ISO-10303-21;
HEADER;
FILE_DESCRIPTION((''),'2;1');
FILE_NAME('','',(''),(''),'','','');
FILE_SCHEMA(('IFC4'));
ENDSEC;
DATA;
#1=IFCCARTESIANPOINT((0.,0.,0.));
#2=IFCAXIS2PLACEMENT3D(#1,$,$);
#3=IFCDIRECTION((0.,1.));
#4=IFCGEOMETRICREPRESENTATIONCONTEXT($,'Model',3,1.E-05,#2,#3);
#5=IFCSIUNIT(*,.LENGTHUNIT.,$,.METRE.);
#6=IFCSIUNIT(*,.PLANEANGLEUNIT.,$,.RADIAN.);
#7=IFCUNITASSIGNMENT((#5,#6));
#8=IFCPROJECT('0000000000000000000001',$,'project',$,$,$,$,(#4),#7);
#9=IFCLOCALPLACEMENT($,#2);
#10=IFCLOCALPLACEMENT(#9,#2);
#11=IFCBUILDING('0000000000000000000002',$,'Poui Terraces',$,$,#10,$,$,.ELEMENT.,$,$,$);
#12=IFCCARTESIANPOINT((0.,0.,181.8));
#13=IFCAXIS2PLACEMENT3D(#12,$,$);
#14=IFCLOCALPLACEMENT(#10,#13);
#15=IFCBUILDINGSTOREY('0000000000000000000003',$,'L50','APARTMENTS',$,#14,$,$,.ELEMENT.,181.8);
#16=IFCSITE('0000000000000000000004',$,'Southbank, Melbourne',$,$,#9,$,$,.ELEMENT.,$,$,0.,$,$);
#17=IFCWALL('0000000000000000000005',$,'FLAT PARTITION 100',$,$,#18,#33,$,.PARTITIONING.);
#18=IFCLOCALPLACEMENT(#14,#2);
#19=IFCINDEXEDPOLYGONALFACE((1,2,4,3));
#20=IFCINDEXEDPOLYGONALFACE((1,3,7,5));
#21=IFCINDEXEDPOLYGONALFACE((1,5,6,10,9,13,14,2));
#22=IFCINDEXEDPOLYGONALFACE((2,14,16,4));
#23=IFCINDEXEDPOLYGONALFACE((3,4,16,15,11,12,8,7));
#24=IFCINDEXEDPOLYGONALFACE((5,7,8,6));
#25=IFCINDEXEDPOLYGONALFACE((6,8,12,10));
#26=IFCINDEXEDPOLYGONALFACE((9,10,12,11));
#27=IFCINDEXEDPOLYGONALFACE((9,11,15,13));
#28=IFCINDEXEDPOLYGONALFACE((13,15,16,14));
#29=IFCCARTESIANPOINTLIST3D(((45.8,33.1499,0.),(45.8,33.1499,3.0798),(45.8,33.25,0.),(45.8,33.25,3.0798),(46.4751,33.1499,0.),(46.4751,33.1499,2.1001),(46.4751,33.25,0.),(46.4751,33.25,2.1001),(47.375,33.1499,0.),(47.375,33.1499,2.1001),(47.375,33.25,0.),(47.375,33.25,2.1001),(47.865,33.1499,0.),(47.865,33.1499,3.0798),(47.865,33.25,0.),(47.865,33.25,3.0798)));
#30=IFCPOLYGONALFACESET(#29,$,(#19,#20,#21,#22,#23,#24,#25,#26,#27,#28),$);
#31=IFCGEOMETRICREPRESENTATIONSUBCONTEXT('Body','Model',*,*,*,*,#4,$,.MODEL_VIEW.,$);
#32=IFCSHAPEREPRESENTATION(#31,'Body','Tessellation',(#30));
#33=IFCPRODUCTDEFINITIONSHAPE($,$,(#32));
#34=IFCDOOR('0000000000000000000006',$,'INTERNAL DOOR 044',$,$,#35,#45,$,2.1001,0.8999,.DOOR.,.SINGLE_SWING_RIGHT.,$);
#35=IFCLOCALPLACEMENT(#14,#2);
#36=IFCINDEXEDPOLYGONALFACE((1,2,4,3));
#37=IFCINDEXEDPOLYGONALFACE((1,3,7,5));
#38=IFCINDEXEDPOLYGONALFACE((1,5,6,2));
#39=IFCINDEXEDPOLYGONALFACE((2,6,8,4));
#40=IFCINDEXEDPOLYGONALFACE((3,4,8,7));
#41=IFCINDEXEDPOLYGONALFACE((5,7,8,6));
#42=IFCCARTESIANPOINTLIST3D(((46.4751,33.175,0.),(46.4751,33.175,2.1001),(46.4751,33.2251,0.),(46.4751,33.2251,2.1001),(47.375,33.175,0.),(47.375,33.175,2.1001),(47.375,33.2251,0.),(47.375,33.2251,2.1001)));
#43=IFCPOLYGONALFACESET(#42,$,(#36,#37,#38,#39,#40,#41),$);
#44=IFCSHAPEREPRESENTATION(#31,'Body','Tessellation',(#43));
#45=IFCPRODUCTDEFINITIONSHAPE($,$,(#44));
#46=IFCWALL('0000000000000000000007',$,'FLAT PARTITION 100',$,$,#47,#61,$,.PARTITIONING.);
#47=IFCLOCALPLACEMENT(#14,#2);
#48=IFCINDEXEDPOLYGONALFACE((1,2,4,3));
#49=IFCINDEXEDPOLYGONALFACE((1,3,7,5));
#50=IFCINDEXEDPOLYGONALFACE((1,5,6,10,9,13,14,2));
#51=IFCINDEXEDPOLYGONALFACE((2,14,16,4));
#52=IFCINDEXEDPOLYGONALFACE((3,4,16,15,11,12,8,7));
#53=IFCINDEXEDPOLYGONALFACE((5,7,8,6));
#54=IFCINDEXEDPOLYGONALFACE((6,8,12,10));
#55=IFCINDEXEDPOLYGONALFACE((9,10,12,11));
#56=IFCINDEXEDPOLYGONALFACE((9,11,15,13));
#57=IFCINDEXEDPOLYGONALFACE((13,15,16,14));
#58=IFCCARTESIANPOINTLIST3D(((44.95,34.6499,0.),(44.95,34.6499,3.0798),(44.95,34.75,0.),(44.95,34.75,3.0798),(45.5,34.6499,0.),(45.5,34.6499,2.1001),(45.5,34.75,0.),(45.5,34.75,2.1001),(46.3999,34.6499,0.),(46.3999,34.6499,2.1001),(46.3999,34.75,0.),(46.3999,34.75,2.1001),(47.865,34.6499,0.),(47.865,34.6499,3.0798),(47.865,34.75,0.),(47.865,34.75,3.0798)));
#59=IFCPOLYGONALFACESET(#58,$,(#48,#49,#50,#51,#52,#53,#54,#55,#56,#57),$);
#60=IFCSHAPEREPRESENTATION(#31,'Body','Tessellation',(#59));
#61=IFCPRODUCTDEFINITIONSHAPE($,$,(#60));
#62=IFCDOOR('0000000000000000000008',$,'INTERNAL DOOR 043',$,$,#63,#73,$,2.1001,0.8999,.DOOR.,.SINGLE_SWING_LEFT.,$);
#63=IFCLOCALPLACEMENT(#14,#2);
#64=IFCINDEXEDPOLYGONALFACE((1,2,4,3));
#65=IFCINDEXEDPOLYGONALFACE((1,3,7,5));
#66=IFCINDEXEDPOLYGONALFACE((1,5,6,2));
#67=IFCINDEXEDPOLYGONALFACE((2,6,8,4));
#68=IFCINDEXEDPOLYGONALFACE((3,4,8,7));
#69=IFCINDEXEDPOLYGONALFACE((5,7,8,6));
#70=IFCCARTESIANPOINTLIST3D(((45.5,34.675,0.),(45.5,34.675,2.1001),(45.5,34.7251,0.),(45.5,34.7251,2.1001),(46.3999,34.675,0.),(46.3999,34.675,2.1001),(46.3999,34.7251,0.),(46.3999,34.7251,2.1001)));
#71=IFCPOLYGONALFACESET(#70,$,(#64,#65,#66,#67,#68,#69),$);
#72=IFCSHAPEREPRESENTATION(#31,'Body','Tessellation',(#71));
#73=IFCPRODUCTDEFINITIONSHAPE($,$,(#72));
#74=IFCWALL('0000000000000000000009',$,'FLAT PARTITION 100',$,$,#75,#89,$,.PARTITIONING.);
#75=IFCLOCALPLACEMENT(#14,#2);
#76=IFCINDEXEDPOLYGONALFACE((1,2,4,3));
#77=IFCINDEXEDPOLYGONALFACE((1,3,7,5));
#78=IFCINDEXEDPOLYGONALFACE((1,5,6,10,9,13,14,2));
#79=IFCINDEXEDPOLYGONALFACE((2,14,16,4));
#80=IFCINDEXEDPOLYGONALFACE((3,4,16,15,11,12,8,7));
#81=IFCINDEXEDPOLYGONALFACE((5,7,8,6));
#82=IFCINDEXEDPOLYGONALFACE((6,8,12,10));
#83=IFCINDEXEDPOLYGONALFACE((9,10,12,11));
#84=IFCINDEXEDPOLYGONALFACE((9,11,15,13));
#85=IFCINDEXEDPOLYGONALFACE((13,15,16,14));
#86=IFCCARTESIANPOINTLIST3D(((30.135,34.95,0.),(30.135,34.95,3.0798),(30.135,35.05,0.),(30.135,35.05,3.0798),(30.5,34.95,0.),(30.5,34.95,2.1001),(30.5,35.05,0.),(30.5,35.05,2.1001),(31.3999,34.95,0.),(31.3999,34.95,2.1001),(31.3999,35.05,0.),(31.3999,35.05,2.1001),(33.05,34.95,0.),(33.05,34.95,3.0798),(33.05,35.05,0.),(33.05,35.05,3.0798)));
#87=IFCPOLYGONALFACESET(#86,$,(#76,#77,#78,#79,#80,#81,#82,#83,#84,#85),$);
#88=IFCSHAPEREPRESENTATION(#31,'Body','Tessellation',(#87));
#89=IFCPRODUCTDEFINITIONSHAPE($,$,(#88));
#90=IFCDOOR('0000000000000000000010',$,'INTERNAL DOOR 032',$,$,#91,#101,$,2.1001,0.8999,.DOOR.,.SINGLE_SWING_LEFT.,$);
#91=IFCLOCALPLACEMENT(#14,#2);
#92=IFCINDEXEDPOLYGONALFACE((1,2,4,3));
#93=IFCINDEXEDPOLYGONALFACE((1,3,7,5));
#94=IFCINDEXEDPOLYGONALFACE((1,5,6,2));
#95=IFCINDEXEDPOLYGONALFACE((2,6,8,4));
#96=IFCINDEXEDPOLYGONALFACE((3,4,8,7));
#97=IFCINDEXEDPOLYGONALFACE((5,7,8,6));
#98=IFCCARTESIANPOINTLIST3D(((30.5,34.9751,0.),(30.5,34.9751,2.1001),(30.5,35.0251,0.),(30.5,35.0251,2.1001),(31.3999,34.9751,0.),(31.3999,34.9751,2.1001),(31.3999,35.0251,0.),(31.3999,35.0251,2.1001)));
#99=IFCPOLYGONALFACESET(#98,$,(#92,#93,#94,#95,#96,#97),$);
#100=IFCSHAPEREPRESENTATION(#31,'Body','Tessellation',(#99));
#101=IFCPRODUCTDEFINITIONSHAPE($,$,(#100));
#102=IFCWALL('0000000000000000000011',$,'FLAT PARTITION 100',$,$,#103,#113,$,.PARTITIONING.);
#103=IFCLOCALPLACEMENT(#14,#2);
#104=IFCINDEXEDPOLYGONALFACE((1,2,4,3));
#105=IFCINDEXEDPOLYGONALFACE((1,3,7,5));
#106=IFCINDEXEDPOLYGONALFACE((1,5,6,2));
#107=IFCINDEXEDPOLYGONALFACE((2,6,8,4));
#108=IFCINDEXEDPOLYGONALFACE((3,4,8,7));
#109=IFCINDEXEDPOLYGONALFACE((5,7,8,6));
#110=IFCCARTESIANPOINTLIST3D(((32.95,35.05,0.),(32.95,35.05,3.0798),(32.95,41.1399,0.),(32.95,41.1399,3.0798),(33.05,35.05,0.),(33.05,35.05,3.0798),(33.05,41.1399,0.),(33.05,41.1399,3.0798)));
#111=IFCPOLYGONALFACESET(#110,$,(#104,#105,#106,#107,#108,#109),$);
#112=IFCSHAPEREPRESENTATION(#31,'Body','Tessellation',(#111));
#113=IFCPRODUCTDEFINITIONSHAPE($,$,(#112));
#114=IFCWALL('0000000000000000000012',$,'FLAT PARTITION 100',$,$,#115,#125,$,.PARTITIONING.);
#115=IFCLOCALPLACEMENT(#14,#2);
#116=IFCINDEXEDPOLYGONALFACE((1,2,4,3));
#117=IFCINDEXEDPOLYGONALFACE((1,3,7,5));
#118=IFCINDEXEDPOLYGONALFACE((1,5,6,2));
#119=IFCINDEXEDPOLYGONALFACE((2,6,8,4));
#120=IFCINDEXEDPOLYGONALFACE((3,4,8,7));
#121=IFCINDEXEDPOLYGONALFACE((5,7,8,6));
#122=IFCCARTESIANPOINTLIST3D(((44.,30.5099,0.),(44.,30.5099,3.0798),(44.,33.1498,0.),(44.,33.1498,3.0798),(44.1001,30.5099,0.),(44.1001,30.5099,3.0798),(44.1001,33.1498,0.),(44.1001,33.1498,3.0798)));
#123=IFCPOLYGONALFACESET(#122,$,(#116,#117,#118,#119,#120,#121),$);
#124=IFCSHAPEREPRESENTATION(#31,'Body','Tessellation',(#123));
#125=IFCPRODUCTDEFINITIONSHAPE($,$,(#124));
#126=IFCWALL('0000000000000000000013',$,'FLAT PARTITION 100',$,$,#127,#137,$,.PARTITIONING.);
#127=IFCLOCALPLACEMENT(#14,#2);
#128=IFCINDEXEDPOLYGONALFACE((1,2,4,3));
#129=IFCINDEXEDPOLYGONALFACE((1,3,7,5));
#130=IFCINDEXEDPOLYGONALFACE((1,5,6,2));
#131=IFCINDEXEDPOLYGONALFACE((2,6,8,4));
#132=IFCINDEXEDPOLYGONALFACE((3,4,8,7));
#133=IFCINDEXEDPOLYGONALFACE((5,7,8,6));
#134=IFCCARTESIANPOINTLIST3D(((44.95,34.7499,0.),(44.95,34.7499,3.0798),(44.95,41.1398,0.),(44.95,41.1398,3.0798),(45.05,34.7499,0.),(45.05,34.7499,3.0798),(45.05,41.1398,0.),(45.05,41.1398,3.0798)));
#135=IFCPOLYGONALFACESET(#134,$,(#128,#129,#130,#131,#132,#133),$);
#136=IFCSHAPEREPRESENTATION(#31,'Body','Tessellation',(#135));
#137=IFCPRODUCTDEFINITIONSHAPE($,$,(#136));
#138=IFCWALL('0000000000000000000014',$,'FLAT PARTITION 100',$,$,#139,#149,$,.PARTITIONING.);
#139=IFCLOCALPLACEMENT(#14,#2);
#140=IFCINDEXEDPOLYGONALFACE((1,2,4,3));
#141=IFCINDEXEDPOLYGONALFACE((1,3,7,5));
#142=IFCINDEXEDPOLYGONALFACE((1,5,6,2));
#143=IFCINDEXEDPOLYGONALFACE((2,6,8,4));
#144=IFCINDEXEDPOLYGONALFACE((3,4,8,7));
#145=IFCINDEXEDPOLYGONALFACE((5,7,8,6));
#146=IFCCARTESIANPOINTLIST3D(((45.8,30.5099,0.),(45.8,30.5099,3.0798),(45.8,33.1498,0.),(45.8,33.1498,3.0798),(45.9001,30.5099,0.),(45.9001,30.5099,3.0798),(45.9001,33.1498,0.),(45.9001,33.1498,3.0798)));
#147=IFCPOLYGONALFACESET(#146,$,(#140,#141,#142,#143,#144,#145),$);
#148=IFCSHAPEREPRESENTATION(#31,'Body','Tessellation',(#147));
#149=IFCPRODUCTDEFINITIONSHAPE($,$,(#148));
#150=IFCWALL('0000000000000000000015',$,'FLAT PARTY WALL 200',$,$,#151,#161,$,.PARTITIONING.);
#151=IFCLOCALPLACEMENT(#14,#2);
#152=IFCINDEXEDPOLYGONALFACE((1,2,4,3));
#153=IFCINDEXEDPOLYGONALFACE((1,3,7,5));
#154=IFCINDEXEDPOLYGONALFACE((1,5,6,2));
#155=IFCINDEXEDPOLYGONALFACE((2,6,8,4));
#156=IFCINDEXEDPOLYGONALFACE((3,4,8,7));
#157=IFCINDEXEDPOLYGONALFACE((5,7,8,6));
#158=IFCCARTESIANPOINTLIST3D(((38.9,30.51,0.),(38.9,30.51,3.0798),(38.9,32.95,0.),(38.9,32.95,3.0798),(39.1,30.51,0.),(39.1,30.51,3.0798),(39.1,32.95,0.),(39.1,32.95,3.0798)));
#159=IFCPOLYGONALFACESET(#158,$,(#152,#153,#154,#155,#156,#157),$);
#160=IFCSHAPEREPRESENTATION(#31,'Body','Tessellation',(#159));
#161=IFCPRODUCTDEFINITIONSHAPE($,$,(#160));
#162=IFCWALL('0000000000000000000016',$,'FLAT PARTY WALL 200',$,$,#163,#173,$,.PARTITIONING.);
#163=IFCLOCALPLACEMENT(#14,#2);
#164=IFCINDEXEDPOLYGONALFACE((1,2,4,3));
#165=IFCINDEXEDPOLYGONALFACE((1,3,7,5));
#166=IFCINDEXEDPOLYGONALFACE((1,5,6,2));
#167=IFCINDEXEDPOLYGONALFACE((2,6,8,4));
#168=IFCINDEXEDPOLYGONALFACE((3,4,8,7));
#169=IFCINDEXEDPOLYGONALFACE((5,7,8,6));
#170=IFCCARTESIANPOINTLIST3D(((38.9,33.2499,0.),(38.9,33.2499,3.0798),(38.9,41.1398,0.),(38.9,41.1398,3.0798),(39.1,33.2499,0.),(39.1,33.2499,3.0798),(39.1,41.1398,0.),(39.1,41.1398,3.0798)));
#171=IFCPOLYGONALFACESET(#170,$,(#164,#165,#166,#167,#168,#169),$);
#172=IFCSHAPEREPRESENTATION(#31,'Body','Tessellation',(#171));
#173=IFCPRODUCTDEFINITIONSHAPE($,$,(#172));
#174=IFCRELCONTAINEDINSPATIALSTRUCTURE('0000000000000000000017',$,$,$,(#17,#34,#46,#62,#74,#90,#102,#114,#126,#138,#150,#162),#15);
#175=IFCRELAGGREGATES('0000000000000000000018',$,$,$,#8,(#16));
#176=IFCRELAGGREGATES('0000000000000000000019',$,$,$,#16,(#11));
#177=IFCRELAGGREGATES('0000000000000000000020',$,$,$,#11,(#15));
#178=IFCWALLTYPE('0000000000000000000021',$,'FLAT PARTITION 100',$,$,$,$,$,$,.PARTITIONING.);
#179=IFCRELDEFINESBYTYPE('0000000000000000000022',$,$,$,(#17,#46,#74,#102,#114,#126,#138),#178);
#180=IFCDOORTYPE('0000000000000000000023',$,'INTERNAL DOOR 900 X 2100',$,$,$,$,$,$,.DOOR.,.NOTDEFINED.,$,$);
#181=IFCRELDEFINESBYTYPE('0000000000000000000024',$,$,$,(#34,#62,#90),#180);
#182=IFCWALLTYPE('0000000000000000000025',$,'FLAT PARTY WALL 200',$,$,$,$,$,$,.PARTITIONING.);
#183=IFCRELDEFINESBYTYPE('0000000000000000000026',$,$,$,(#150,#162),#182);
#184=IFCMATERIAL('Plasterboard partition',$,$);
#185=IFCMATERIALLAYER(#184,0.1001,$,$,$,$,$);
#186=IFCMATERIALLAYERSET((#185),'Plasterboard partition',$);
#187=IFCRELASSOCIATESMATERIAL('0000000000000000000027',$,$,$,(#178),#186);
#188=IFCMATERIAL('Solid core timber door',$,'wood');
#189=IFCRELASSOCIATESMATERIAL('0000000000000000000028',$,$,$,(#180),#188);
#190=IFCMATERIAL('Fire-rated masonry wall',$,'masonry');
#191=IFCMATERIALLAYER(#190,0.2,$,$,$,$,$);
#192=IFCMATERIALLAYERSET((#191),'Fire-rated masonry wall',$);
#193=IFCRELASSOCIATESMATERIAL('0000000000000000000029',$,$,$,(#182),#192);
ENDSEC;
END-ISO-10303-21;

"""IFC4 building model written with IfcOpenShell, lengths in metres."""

from ifc_helpers import new_model, si_unit, direction, frame, frame_2d, origin, place, context, subcontext, project, spatial, rectangle, extrude, material, layer, layer_set, type_object, element, fill, save


model = new_model("IFC4")

# Units and contexts
model_context = context("Model", 3, precision=1e-05, world=origin(), true_north=direction((0.0, 1.0)))
body_context = subcontext(model_context, "Body", "Model", "MODEL_VIEW")
ifc_project = project(units=[si_unit("LENGTHUNIT", "METRE"), si_unit("PLANEANGLEUNIT", "RADIAN")], contexts=[model_context])

# Site, building, storey
site_placement = place(None, origin())
site = spatial("IfcSite", under=ifc_project, at=site_placement, Name="Southbank, Melbourne", CompositionType="ELEMENT", RefElevation=0.0)
building_placement = place(site_placement, origin())
building = spatial("IfcBuilding", under=site, at=building_placement, Name="Poui Terraces", CompositionType="ELEMENT")
storey_placement = place(building_placement, frame((0.0, 0.0, 181.8)))
storey = spatial("IfcBuildingStorey", under=building, at=storey_placement, Name="L50", Description="APARTMENTS", CompositionType="ELEMENT", Elevation=181.8)

# Walls, openings, doors
ifc_material_1 = material(Name="Plasterboard partition")
ifc_layer_1 = layer(ifc_material_1, 0.1001)
ifc_layer_set_1 = layer_set([ifc_layer_1], Name="Plasterboard partition")
wall_type_1 = type_object("IfcWallType", Name="FLAT PARTITION 100", PredefinedType="PARTITIONING", material=ifc_layer_set_1)
ifc_material_2 = material(Name="Solid core timber door", Category="wood")
door_type_1 = type_object("IfcDoorType", Name="INTERNAL DOOR 900 X 2100", OperationType="NOTDEFINED", PredefinedType="DOOR", material=ifc_material_2)
wall_1_placement = place(storey_placement, frame((45.8, 33.2, 0.0), z_axis=(0.0, 0.0, 1.0), x_axis=(1.0, 0.0, 0.0)))
wall_1 = element("IfcWall", 1, at=wall_1_placement, inside=storey, type_object=wall_type_1, Name="FLAT PARTITION 100", PredefinedType="PARTITIONING", context=body_context, shape_type="SweptSolid", body=[
    extrude(rectangle(XDim=2.0649, YDim=0.1001, at=frame_2d((1.0325, 0.0))), origin(), (0.0, 0.0, 1.0), 3.0798),
])
opening_1_placement = place(wall_1_placement, frame((0.675, 0.0, 0.0)))
opening_1 = element("IfcOpeningElement", 2, at=opening_1_placement, cuts=wall_1, PredefinedType="OPENING", context=body_context, shape_type="SweptSolid", body=[
    extrude(rectangle(XDim=0.8999, YDim=2.1001, at=frame_2d((0.45, 1.05))), frame((0.0, 0.0601, 0.0), z_axis=(0.0, -1.0, 0.0), x_axis=(1.0, 0.0, 0.0)), (0.0, 0.0, 1.0), 0.1201),
])
door_1_placement = place(opening_1_placement, frame((0.8999, 0.0, 0.0), z_axis=(0.0, 0.0, 1.0), x_axis=(-1.0, 0.0, 0.0)))
door_1 = element("IfcDoor", 3, at=door_1_placement, inside=storey, type_object=door_type_1, Name="INTERNAL DOOR 044", OperationType="SINGLE_SWING_RIGHT", OverallHeight=2.1001, OverallWidth=0.8999, PredefinedType="DOOR", context=body_context, shape_type="SweptSolid", body=[
    extrude(rectangle(XDim=0.8999, YDim=2.1001, at=frame_2d((0.45, 1.05))), frame((0.0, 0.0249, 0.0), z_axis=(0.0, -1.0, 0.0), x_axis=(1.0, 0.0, 0.0)), (0.0, 0.0, 1.0), 0.05),
])
fill(opening_1, door_1)
wall_2_placement = place(storey_placement, frame((44.95, 34.7, 0.0), z_axis=(0.0, 0.0, 1.0), x_axis=(1.0, 0.0, 0.0)))
wall_2 = element("IfcWall", 4, at=wall_2_placement, inside=storey, type_object=wall_type_1, Name="FLAT PARTITION 100", PredefinedType="PARTITIONING", context=body_context, shape_type="SweptSolid", body=[
    extrude(rectangle(XDim=2.915, YDim=0.1001, at=frame_2d((1.4575, 0.0))), origin(), (0.0, 0.0, 1.0), 3.0798),
])
opening_2_placement = place(wall_2_placement, frame((0.55, 0.0, 0.0)))
opening_2 = element("IfcOpeningElement", 5, at=opening_2_placement, cuts=wall_2, PredefinedType="OPENING", context=body_context, shape_type="SweptSolid", body=[
    extrude(rectangle(XDim=0.8999, YDim=2.1001, at=frame_2d((0.45, 1.05))), frame((0.0, 0.0601, 0.0), z_axis=(0.0, -1.0, 0.0), x_axis=(1.0, 0.0, 0.0)), (0.0, 0.0, 1.0), 0.1201),
])
door_2_placement = place(opening_2_placement, frame((0.8999, 0.0, 0.0), z_axis=(0.0, 0.0, 1.0), x_axis=(-1.0, 0.0, 0.0)))
door_2 = element("IfcDoor", 6, at=door_2_placement, inside=storey, type_object=door_type_1, Name="INTERNAL DOOR 043", OperationType="SINGLE_SWING_LEFT", OverallHeight=2.1001, OverallWidth=0.8999, PredefinedType="DOOR", context=body_context, shape_type="SweptSolid", body=[
    extrude(rectangle(XDim=0.8999, YDim=2.1001, at=frame_2d((0.45, 1.05))), frame((0.0, 0.0249, 0.0), z_axis=(0.0, -1.0, 0.0), x_axis=(1.0, 0.0, 0.0)), (0.0, 0.0, 1.0), 0.05),
])
fill(opening_2, door_2)
wall_3_placement = place(storey_placement, frame((30.135, 35.0, 0.0), z_axis=(0.0, 0.0, 1.0), x_axis=(1.0, 0.0, 0.0)))
wall_3 = element("IfcWall", 7, at=wall_3_placement, inside=storey, type_object=wall_type_1, Name="FLAT PARTITION 100", PredefinedType="PARTITIONING", context=body_context, shape_type="SweptSolid", body=[
    extrude(rectangle(XDim=2.915, YDim=0.1001, at=frame_2d((1.4575, 0.0))), origin(), (0.0, 0.0, 1.0), 3.0798),
])
opening_3_placement = place(wall_3_placement, frame((0.365, 0.0, 0.0)))
opening_3 = element("IfcOpeningElement", 8, at=opening_3_placement, cuts=wall_3, PredefinedType="OPENING", context=body_context, shape_type="SweptSolid", body=[
    extrude(rectangle(XDim=0.8999, YDim=2.1001, at=frame_2d((0.45, 1.05))), frame((0.0, 0.0601, 0.0), z_axis=(0.0, -1.0, 0.0), x_axis=(1.0, 0.0, 0.0)), (0.0, 0.0, 1.0), 0.1201),
])
door_3_placement = place(opening_3_placement, frame((0.8999, 0.0, 0.0), z_axis=(0.0, 0.0, 1.0), x_axis=(-1.0, 0.0, 0.0)))
door_3 = element("IfcDoor", 9, at=door_3_placement, inside=storey, type_object=door_type_1, Name="INTERNAL DOOR 032", OperationType="SINGLE_SWING_LEFT", OverallHeight=2.1001, OverallWidth=0.8999, PredefinedType="DOOR", context=body_context, shape_type="SweptSolid", body=[
    extrude(rectangle(XDim=0.8999, YDim=2.1001, at=frame_2d((0.45, 1.05))), frame((0.0, 0.0249, 0.0), z_axis=(0.0, -1.0, 0.0), x_axis=(1.0, 0.0, 0.0)), (0.0, 0.0, 1.0), 0.05),
])
fill(opening_3, door_3)

# Walls
wall_4_placement = place(storey_placement, frame((33.0, 35.05, 0.0), z_axis=(0.0, 0.0, 1.0), x_axis=(0.0, 1.0, 0.0)))
element("IfcWall", 10, at=wall_4_placement, inside=storey, type_object=wall_type_1, Name="FLAT PARTITION 100", PredefinedType="PARTITIONING", context=body_context, shape_type="SweptSolid", body=[
    extrude(rectangle(XDim=6.0898, YDim=0.1001, at=frame_2d((3.0449, 0.0))), origin(), (0.0, 0.0, 1.0), 3.0798),
])
wall_5_placement = place(storey_placement, frame((44.05, 30.51, 0.0), z_axis=(0.0, 0.0, 1.0), x_axis=(0.0, 1.0, 0.0)))
element("IfcWall", 11, at=wall_5_placement, inside=storey, type_object=wall_type_1, Name="FLAT PARTITION 100", PredefinedType="PARTITIONING", context=body_context, shape_type="SweptSolid", body=[
    extrude(rectangle(XDim=2.6399, YDim=0.1001, at=frame_2d((1.3198, 0.0))), origin(), (0.0, 0.0, 1.0), 3.0798),
])
wall_6_placement = place(storey_placement, frame((45.0, 34.75, 0.0), z_axis=(0.0, 0.0, 1.0), x_axis=(0.0, 1.0, 0.0)))
element("IfcWall", 12, at=wall_6_placement, inside=storey, type_object=wall_type_1, Name="FLAT PARTITION 100", PredefinedType="PARTITIONING", context=body_context, shape_type="SweptSolid", body=[
    extrude(rectangle(XDim=6.3899, YDim=0.1001, at=frame_2d((3.1948, 0.0))), origin(), (0.0, 0.0, 1.0), 3.0798),
])
wall_7_placement = place(storey_placement, frame((45.8501, 30.51, 0.0), z_axis=(0.0, 0.0, 1.0), x_axis=(0.0, 1.0, 0.0)))
element("IfcWall", 13, at=wall_7_placement, inside=storey, type_object=wall_type_1, Name="FLAT PARTITION 100", PredefinedType="PARTITIONING", context=body_context, shape_type="SweptSolid", body=[
    extrude(rectangle(XDim=2.6399, YDim=0.1001, at=frame_2d((1.3198, 0.0))), origin(), (0.0, 0.0, 1.0), 3.0798),
])
ifc_material_3 = material(Name="Fire-rated masonry wall", Category="masonry")
ifc_layer_2 = layer(ifc_material_3, 0.2)
ifc_layer_set_2 = layer_set([ifc_layer_2], Name="Fire-rated masonry wall")
wall_type_2 = type_object("IfcWallType", Name="FLAT PARTY WALL 200", PredefinedType="PARTITIONING", material=ifc_layer_set_2)
wall_8_placement = place(storey_placement, frame((39.0, 30.51, 0.0), z_axis=(0.0, 0.0, 1.0), x_axis=(0.0, 1.0, 0.0)))
element("IfcWall", 14, at=wall_8_placement, inside=storey, type_object=wall_type_2, Name="FLAT PARTY WALL 200", PredefinedType="PARTITIONING", context=body_context, shape_type="SweptSolid", body=[
    extrude(rectangle(XDim=2.4399, YDim=0.2, at=frame_2d((1.22, 0.0))), origin(), (0.0, 0.0, 1.0), 3.0798),
])
wall_9_placement = place(storey_placement, frame((39.0, 33.25, 0.0), z_axis=(0.0, 0.0, 1.0), x_axis=(0.0, 1.0, 0.0)))
element("IfcWall", 15, at=wall_9_placement, inside=storey, type_object=wall_type_2, Name="FLAT PARTY WALL 200", PredefinedType="PARTITIONING", context=body_context, shape_type="SweptSolid", body=[
    extrude(rectangle(XDim=7.8899, YDim=0.2, at=frame_2d((3.9448, 0.0))), origin(), (0.0, 0.0, 1.0), 3.0798),
])

save(model, "model.ifc")
